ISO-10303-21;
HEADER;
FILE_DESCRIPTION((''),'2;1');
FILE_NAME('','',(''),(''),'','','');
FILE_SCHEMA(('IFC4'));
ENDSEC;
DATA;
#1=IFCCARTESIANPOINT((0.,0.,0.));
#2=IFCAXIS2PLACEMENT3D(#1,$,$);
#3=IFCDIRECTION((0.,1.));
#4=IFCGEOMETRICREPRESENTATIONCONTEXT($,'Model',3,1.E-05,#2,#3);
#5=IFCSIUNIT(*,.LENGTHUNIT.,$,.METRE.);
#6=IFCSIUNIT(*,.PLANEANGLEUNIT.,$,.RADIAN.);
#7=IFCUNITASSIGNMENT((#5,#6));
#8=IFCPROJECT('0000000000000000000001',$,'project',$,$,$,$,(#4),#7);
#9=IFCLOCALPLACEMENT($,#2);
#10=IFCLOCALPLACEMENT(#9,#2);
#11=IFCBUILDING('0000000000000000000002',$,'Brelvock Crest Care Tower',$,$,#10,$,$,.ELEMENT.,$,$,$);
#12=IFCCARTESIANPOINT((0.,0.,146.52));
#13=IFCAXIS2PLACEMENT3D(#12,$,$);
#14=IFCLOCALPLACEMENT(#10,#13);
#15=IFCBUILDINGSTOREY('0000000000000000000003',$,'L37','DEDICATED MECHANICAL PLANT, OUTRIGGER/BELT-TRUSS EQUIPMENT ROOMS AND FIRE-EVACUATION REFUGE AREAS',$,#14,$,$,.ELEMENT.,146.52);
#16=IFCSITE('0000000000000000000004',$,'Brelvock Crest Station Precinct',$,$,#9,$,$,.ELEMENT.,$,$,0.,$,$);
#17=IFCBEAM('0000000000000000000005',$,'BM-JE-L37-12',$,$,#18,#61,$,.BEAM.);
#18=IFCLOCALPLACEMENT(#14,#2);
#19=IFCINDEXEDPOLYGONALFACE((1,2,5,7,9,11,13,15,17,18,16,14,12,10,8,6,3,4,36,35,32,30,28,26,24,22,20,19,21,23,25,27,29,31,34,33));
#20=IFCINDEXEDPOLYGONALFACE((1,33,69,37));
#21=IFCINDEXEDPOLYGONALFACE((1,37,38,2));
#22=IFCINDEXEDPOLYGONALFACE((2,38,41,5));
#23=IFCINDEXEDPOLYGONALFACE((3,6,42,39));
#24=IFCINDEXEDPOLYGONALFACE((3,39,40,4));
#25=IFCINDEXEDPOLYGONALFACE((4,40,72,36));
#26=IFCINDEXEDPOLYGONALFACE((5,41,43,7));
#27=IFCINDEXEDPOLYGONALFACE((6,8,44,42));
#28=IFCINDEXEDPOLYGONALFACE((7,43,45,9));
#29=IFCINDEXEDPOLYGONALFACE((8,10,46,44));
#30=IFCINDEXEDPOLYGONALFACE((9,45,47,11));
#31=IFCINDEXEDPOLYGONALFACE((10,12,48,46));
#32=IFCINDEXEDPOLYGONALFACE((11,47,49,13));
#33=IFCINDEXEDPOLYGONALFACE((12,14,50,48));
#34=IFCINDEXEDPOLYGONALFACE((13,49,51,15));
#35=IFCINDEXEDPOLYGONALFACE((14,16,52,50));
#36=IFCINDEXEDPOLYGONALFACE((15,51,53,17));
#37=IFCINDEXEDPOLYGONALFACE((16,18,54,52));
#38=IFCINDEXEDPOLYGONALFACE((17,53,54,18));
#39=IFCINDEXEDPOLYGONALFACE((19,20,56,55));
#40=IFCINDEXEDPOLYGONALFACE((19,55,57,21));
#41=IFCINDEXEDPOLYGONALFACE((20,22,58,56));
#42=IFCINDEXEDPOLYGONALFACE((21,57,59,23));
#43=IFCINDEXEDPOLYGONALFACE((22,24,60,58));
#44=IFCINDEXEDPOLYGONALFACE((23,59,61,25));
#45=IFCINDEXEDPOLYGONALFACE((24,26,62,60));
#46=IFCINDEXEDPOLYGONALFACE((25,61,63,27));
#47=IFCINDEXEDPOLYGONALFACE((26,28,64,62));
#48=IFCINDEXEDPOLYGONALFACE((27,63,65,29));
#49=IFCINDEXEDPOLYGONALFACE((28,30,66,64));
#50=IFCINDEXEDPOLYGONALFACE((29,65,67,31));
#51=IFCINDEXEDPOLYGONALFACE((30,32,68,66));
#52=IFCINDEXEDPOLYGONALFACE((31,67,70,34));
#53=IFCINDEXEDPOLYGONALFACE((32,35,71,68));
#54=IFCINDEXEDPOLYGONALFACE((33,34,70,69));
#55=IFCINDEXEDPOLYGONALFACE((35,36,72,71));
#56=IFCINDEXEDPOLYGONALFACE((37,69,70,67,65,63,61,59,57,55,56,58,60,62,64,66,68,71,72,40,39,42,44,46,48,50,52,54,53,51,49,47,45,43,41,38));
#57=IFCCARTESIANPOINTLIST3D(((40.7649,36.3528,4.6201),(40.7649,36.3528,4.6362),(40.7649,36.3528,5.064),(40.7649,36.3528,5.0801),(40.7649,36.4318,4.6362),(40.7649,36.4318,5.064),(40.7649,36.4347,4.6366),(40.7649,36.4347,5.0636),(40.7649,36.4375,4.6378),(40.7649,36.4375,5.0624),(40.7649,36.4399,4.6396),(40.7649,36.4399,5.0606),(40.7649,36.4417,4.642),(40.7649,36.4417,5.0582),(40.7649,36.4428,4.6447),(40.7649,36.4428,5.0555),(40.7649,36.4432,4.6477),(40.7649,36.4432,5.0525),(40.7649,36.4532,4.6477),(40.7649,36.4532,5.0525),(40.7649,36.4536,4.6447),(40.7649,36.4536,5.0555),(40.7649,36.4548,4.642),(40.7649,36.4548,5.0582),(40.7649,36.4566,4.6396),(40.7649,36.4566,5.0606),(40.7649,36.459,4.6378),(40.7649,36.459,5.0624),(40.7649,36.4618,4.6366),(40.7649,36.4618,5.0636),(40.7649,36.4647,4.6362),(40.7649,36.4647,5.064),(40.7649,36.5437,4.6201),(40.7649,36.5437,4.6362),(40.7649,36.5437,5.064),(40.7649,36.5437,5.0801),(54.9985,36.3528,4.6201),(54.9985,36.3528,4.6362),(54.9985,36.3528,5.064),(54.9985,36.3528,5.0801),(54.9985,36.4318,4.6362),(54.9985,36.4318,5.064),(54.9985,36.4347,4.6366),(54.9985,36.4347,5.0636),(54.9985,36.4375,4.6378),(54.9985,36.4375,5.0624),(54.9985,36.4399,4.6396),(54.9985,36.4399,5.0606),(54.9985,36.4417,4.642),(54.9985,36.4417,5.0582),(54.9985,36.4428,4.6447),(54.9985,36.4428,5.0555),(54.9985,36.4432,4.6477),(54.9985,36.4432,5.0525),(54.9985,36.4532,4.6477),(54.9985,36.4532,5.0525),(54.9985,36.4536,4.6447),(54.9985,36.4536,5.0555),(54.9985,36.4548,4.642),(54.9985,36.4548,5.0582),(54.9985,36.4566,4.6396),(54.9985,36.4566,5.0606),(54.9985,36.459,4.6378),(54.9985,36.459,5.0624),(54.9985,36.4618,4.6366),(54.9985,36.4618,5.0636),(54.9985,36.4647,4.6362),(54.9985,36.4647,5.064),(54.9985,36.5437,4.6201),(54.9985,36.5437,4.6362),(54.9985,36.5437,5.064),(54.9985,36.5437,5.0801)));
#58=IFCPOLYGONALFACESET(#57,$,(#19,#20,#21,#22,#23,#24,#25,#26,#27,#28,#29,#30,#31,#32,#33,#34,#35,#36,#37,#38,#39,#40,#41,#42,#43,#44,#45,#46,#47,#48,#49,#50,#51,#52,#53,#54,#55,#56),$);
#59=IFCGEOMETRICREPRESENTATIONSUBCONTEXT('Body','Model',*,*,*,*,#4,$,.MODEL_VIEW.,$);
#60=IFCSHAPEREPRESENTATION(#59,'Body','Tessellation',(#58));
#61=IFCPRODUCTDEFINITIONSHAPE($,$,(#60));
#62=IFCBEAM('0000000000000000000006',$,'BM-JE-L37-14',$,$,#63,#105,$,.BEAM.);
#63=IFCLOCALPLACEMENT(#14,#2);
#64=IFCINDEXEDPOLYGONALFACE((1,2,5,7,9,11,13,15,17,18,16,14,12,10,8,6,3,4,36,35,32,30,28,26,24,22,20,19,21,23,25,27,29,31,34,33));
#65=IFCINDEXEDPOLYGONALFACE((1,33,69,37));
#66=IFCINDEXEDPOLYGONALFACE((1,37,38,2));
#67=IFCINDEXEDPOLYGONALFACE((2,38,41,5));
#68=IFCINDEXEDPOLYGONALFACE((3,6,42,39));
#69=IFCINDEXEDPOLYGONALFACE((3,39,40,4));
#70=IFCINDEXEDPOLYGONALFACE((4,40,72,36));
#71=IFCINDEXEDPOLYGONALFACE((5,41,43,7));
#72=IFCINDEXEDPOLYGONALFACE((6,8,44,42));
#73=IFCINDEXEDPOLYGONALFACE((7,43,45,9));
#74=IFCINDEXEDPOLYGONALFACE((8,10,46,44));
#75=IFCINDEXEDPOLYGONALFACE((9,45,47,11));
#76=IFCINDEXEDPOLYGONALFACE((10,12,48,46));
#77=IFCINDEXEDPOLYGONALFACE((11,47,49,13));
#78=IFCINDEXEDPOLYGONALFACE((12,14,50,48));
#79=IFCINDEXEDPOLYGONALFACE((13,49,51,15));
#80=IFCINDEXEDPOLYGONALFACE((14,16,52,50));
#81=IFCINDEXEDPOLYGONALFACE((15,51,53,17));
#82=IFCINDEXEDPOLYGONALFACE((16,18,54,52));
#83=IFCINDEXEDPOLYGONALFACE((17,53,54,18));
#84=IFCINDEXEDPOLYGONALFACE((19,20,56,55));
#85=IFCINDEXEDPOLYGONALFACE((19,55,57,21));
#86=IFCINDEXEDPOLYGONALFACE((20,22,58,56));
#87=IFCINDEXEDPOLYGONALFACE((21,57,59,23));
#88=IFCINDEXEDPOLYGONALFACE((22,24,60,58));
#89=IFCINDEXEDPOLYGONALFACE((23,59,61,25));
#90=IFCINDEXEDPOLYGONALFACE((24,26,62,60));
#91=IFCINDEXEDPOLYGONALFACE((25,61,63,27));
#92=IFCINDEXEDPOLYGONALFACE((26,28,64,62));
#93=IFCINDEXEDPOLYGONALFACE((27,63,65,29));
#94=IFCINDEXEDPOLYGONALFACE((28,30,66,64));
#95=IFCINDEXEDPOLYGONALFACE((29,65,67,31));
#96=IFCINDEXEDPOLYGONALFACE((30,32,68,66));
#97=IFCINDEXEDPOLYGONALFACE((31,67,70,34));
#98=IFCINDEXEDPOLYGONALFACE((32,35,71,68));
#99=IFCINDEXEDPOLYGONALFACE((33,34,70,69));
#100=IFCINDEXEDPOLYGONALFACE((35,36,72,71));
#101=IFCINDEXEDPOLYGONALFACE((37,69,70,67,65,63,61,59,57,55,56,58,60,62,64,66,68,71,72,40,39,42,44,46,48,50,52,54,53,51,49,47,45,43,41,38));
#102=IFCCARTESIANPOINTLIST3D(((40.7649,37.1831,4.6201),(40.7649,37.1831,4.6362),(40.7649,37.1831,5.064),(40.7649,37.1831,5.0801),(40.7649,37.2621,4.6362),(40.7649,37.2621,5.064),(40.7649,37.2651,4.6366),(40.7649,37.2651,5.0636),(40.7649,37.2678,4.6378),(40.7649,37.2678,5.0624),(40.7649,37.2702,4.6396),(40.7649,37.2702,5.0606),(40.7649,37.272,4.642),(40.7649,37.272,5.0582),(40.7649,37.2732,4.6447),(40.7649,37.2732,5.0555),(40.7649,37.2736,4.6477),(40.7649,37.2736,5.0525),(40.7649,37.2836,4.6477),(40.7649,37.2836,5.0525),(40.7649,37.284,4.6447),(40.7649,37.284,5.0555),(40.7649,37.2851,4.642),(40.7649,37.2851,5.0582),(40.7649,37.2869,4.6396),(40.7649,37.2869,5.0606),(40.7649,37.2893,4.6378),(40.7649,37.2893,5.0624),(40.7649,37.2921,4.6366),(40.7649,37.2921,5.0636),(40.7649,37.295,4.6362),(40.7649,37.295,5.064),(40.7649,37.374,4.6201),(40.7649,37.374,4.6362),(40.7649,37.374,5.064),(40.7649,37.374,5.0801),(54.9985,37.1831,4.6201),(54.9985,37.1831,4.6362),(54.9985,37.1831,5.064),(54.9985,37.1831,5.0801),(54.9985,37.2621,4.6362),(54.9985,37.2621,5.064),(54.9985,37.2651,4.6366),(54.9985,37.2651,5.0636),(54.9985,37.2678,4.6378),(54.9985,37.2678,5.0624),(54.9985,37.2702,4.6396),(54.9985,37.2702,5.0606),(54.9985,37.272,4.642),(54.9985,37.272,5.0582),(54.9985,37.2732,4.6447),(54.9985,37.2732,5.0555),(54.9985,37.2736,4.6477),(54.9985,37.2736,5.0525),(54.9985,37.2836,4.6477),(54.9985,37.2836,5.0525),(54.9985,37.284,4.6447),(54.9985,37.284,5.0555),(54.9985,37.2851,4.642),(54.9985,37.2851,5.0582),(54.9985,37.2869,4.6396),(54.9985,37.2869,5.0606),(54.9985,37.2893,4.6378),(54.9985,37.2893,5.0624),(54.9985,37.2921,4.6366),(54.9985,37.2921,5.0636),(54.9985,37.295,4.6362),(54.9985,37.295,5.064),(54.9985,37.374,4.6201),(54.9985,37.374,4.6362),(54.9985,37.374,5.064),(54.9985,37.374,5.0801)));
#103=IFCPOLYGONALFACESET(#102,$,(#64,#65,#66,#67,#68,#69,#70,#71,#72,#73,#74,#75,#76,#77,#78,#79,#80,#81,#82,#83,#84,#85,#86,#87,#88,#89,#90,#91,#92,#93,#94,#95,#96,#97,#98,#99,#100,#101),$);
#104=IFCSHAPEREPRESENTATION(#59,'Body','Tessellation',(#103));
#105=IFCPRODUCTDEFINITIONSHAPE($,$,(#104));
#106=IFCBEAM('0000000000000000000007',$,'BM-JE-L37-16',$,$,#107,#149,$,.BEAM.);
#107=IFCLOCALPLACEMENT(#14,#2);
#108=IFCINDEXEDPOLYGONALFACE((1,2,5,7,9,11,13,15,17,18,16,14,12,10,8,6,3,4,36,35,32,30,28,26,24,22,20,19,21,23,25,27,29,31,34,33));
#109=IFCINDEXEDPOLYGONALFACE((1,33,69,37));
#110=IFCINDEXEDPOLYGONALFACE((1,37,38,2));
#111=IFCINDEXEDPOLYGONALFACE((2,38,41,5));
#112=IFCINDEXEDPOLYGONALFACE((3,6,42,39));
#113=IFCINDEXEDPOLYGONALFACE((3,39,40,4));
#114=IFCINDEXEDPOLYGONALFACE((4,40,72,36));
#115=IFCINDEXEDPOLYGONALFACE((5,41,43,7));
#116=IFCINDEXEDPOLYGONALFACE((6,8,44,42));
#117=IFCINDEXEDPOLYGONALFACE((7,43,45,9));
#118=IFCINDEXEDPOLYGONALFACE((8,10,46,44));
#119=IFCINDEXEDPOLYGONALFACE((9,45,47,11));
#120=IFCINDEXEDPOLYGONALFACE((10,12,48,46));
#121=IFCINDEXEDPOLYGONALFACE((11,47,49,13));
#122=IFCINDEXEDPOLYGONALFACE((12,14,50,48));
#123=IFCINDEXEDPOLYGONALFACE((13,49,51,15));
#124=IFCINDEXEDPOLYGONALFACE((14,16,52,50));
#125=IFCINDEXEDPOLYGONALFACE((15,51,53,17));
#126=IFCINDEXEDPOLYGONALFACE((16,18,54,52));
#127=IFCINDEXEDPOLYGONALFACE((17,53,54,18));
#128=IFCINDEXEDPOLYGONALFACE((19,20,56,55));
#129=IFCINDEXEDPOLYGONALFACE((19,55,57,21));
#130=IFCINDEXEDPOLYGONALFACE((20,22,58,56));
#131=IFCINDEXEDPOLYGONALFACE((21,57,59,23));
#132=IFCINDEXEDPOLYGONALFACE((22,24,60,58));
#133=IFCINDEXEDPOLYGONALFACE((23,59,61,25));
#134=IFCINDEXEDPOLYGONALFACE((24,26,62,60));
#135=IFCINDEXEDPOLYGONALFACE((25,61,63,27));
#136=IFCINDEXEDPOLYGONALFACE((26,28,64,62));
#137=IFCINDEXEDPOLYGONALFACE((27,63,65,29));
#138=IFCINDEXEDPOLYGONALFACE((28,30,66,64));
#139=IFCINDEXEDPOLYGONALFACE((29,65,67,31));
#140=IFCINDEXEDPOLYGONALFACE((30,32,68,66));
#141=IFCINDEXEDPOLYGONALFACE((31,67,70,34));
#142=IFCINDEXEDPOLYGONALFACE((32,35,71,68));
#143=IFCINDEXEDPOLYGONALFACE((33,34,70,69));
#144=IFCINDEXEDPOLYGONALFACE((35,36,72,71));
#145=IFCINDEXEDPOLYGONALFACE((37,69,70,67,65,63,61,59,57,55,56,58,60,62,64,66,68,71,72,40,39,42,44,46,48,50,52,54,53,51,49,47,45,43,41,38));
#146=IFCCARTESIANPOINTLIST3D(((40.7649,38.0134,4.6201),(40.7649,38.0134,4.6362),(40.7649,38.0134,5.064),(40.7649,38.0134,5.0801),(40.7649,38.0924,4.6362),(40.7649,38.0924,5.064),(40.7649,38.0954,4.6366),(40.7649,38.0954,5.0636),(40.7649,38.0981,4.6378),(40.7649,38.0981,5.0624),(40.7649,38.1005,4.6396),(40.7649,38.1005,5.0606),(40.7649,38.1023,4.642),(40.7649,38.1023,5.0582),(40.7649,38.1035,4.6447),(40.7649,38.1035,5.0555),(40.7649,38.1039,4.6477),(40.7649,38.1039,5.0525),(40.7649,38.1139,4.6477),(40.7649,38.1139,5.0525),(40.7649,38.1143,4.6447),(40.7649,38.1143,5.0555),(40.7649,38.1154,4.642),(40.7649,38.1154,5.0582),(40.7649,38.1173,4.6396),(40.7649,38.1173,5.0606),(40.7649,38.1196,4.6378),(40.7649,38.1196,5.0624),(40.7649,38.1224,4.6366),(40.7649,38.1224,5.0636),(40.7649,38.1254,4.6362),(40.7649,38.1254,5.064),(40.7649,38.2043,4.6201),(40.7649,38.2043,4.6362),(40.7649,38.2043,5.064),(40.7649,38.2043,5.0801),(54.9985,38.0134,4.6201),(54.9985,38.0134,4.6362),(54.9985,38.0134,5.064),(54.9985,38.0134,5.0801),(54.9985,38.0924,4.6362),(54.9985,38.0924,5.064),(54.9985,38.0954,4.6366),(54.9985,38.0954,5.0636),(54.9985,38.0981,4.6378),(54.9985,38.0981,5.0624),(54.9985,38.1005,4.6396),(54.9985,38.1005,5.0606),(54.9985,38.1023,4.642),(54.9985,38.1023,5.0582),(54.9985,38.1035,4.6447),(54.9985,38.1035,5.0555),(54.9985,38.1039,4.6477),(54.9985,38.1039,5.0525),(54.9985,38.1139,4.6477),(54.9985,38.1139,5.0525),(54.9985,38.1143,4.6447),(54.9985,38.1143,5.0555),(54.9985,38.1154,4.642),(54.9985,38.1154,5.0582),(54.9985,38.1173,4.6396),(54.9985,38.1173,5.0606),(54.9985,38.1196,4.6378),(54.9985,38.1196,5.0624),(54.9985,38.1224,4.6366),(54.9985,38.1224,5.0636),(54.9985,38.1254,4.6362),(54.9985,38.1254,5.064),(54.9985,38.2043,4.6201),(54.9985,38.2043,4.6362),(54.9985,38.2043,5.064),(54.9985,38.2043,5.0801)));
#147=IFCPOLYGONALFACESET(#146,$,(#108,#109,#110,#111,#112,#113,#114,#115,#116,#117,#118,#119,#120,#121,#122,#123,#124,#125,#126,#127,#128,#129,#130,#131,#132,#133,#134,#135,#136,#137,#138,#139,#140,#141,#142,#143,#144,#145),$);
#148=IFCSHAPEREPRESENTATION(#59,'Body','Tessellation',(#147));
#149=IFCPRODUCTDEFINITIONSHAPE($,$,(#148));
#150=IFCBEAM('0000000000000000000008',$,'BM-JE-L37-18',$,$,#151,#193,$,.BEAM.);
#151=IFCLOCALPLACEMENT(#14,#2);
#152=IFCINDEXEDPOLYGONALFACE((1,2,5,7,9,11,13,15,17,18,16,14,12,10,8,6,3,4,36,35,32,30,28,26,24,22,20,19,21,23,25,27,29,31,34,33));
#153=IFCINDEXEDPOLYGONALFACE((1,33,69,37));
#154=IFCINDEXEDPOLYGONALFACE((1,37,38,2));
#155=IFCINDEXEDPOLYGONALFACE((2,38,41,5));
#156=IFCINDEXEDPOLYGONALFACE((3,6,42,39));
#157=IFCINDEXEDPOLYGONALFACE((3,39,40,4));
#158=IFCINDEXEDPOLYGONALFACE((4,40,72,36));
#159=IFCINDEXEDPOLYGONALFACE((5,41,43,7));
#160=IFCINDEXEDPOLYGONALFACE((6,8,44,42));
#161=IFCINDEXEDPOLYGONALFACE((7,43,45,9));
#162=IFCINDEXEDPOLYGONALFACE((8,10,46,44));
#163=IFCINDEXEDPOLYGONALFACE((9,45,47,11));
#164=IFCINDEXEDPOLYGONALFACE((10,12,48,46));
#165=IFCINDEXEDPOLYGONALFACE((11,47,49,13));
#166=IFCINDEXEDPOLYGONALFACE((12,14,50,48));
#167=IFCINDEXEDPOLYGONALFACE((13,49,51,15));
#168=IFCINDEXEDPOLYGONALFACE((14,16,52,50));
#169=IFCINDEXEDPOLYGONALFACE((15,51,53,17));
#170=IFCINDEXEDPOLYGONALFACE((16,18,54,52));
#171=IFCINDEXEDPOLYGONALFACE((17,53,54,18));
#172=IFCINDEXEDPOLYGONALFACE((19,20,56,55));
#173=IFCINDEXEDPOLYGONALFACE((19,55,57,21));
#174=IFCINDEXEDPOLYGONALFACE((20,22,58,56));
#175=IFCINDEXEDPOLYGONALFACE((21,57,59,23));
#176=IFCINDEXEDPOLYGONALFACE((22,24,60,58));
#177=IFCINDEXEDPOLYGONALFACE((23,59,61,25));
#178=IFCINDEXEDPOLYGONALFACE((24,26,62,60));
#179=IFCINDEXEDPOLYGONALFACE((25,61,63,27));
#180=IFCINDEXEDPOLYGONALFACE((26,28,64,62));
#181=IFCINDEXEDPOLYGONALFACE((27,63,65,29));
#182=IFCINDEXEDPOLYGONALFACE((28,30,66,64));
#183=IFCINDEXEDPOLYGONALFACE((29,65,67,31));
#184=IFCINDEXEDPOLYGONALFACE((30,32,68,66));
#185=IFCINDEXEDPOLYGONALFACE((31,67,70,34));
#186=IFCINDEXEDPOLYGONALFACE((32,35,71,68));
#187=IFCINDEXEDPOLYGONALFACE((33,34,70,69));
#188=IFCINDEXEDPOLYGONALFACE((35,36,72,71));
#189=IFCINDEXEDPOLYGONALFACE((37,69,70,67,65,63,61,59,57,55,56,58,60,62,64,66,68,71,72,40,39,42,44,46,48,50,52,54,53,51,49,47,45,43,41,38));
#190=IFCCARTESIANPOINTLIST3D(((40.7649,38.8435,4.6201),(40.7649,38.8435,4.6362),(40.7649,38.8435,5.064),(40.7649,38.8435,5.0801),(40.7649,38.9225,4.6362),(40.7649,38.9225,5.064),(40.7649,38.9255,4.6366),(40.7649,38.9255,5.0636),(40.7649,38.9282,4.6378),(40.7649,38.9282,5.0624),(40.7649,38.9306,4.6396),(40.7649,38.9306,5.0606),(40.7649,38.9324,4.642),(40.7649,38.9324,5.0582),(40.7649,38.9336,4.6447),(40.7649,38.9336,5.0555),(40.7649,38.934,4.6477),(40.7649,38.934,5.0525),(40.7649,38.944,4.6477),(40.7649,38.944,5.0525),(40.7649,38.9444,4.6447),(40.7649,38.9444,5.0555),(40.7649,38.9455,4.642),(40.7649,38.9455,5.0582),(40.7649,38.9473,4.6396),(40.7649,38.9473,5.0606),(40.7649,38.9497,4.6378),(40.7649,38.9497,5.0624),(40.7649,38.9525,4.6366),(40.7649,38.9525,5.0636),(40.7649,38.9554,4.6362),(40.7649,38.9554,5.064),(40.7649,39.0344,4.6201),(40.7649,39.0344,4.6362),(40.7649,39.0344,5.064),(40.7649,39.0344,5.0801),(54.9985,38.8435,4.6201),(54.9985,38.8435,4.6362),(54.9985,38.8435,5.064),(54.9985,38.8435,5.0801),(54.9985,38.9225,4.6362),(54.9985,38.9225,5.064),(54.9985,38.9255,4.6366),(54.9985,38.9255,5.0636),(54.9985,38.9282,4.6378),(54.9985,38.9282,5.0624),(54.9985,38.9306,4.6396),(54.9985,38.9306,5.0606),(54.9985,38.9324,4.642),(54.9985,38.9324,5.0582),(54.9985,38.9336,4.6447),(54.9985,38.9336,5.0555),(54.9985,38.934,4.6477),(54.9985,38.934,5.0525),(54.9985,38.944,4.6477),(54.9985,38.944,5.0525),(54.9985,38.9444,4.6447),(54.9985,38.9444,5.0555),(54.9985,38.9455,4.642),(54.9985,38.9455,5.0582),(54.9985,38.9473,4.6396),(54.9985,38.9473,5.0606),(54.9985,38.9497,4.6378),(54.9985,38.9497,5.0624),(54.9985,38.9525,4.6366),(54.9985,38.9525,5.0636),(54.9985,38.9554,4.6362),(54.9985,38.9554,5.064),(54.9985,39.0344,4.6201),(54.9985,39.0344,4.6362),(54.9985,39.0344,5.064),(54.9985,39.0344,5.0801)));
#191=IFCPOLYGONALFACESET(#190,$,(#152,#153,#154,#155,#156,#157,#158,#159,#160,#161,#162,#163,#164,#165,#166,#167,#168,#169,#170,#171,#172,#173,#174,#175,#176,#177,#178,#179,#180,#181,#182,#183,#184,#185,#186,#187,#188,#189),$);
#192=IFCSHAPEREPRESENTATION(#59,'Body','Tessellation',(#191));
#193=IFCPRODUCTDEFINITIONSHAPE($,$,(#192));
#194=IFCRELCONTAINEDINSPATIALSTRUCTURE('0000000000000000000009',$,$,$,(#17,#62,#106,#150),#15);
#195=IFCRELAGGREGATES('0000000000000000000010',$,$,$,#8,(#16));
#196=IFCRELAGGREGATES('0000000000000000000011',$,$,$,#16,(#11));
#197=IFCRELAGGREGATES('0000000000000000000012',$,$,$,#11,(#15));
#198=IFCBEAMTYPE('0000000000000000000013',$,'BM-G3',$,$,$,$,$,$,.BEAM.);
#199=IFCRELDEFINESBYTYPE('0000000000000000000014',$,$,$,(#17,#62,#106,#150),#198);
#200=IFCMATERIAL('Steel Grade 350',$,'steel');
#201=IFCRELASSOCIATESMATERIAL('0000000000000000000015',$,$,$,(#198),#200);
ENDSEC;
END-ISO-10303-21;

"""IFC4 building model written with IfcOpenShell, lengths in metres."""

from ifc_helpers import new_model, si_unit, direction, frame, origin, origin_2d, place, context, subcontext, project, spatial, i_section, extrude, source, transform, mapped, material, material_profile, profile_set, type_object, element, save


model = new_model("IFC4")

# Units and contexts
model_context = context("Model", 3, precision=1e-05, world=origin(), true_north=direction((0.0, 1.0)))
body_context = subcontext(model_context, "Body", "Model", "MODEL_VIEW")
ifc_project = project(units=[si_unit("LENGTHUNIT", "METRE"), si_unit("PLANEANGLEUNIT", "RADIAN")], contexts=[model_context])

# Site, building, storey
site_placement = place(None, origin())
site = spatial("IfcSite", under=ifc_project, at=site_placement, Name="Brelvock Crest Station Precinct", CompositionType="ELEMENT", RefElevation=0.0)
building_placement = place(site_placement, origin())
building = spatial("IfcBuilding", under=site, at=building_placement, Name="Brelvock Crest Care Tower", CompositionType="ELEMENT")
storey_placement = place(building_placement, frame((0.0, 0.0, 146.52)))
storey = spatial("IfcBuildingStorey", under=building, at=storey_placement, Name="L37", Description="DEDICATED MECHANICAL PLANT, OUTRIGGER/BELT-TRUSS EQUIPMENT ROOMS AND FIRE-EVACUATION REFUGE AREAS", CompositionType="ELEMENT", Elevation=146.52)

# Shared definitions
ifc_material_1 = material(Name="Steel Grade 350", Category="steel")

# Beams
ifc_material_profile_1 = material_profile(ifc_material_1, i_section(OverallWidth=0.1909, OverallDepth=0.46, WebThickness=0.01, FlangeThickness=0.0161, FilletRadius=0.0115, at=origin_2d()), Name="460UB82.1")
ifc_profile_set_1 = profile_set([ifc_material_profile_1], Name="Steel Grade 350")
beam_type_1 = type_object("IfcBeamType", Name="BM-G3", PredefinedType="BEAM", material=ifc_profile_set_1)
shared_shape_1 = source(origin(), body_context, "Body", "SweptSolid", [
    extrude(i_section(OverallWidth=0.1909, OverallDepth=0.46, WebThickness=0.01, FlangeThickness=0.0161, FilletRadius=0.0115, at=origin_2d()), origin(), (0.0, 0.0, 1.0), 14.2336),
])
for number, where, z_axis, x_axis, name in (
    (1, (40.7649, 36.4482, 4.8501), (1.0, 0.0, 0.0), (0.0, 1.0, 0.0), "BM-JE-L37-12"),
    (2, (40.7649, 37.2786, 4.8501), (1.0, 0.0, 0.0), (0.0, 1.0, 0.0), "BM-JE-L37-14"),
    (3, (40.7649, 38.1089, 4.8501), (1.0, 0.0, 0.0), (0.0, 1.0, 0.0), "BM-JE-L37-16"),
    (4, (40.7649, 38.939, 4.8501), (1.0, 0.0, 0.0), (0.0, 1.0, 0.0), "BM-JE-L37-18"),
):
    element("IfcBeam", number, at=place(storey_placement, frame(where, z_axis=z_axis, x_axis=x_axis)), inside=storey, type_object=beam_type_1, Name=name, PredefinedType="BEAM", context=body_context, shape_type="MappedRepresentation", body=[
        mapped(shared_shape_1, transform((0.0, 0.0, 0.0), x_axis=(1.0, 0.0, 0.0), y_axis=(0.0, 1.0, 0.0), z_axis=(0.0, 0.0, 1.0), scale=1.0)),
    ])

save(model, "model.ifc")
